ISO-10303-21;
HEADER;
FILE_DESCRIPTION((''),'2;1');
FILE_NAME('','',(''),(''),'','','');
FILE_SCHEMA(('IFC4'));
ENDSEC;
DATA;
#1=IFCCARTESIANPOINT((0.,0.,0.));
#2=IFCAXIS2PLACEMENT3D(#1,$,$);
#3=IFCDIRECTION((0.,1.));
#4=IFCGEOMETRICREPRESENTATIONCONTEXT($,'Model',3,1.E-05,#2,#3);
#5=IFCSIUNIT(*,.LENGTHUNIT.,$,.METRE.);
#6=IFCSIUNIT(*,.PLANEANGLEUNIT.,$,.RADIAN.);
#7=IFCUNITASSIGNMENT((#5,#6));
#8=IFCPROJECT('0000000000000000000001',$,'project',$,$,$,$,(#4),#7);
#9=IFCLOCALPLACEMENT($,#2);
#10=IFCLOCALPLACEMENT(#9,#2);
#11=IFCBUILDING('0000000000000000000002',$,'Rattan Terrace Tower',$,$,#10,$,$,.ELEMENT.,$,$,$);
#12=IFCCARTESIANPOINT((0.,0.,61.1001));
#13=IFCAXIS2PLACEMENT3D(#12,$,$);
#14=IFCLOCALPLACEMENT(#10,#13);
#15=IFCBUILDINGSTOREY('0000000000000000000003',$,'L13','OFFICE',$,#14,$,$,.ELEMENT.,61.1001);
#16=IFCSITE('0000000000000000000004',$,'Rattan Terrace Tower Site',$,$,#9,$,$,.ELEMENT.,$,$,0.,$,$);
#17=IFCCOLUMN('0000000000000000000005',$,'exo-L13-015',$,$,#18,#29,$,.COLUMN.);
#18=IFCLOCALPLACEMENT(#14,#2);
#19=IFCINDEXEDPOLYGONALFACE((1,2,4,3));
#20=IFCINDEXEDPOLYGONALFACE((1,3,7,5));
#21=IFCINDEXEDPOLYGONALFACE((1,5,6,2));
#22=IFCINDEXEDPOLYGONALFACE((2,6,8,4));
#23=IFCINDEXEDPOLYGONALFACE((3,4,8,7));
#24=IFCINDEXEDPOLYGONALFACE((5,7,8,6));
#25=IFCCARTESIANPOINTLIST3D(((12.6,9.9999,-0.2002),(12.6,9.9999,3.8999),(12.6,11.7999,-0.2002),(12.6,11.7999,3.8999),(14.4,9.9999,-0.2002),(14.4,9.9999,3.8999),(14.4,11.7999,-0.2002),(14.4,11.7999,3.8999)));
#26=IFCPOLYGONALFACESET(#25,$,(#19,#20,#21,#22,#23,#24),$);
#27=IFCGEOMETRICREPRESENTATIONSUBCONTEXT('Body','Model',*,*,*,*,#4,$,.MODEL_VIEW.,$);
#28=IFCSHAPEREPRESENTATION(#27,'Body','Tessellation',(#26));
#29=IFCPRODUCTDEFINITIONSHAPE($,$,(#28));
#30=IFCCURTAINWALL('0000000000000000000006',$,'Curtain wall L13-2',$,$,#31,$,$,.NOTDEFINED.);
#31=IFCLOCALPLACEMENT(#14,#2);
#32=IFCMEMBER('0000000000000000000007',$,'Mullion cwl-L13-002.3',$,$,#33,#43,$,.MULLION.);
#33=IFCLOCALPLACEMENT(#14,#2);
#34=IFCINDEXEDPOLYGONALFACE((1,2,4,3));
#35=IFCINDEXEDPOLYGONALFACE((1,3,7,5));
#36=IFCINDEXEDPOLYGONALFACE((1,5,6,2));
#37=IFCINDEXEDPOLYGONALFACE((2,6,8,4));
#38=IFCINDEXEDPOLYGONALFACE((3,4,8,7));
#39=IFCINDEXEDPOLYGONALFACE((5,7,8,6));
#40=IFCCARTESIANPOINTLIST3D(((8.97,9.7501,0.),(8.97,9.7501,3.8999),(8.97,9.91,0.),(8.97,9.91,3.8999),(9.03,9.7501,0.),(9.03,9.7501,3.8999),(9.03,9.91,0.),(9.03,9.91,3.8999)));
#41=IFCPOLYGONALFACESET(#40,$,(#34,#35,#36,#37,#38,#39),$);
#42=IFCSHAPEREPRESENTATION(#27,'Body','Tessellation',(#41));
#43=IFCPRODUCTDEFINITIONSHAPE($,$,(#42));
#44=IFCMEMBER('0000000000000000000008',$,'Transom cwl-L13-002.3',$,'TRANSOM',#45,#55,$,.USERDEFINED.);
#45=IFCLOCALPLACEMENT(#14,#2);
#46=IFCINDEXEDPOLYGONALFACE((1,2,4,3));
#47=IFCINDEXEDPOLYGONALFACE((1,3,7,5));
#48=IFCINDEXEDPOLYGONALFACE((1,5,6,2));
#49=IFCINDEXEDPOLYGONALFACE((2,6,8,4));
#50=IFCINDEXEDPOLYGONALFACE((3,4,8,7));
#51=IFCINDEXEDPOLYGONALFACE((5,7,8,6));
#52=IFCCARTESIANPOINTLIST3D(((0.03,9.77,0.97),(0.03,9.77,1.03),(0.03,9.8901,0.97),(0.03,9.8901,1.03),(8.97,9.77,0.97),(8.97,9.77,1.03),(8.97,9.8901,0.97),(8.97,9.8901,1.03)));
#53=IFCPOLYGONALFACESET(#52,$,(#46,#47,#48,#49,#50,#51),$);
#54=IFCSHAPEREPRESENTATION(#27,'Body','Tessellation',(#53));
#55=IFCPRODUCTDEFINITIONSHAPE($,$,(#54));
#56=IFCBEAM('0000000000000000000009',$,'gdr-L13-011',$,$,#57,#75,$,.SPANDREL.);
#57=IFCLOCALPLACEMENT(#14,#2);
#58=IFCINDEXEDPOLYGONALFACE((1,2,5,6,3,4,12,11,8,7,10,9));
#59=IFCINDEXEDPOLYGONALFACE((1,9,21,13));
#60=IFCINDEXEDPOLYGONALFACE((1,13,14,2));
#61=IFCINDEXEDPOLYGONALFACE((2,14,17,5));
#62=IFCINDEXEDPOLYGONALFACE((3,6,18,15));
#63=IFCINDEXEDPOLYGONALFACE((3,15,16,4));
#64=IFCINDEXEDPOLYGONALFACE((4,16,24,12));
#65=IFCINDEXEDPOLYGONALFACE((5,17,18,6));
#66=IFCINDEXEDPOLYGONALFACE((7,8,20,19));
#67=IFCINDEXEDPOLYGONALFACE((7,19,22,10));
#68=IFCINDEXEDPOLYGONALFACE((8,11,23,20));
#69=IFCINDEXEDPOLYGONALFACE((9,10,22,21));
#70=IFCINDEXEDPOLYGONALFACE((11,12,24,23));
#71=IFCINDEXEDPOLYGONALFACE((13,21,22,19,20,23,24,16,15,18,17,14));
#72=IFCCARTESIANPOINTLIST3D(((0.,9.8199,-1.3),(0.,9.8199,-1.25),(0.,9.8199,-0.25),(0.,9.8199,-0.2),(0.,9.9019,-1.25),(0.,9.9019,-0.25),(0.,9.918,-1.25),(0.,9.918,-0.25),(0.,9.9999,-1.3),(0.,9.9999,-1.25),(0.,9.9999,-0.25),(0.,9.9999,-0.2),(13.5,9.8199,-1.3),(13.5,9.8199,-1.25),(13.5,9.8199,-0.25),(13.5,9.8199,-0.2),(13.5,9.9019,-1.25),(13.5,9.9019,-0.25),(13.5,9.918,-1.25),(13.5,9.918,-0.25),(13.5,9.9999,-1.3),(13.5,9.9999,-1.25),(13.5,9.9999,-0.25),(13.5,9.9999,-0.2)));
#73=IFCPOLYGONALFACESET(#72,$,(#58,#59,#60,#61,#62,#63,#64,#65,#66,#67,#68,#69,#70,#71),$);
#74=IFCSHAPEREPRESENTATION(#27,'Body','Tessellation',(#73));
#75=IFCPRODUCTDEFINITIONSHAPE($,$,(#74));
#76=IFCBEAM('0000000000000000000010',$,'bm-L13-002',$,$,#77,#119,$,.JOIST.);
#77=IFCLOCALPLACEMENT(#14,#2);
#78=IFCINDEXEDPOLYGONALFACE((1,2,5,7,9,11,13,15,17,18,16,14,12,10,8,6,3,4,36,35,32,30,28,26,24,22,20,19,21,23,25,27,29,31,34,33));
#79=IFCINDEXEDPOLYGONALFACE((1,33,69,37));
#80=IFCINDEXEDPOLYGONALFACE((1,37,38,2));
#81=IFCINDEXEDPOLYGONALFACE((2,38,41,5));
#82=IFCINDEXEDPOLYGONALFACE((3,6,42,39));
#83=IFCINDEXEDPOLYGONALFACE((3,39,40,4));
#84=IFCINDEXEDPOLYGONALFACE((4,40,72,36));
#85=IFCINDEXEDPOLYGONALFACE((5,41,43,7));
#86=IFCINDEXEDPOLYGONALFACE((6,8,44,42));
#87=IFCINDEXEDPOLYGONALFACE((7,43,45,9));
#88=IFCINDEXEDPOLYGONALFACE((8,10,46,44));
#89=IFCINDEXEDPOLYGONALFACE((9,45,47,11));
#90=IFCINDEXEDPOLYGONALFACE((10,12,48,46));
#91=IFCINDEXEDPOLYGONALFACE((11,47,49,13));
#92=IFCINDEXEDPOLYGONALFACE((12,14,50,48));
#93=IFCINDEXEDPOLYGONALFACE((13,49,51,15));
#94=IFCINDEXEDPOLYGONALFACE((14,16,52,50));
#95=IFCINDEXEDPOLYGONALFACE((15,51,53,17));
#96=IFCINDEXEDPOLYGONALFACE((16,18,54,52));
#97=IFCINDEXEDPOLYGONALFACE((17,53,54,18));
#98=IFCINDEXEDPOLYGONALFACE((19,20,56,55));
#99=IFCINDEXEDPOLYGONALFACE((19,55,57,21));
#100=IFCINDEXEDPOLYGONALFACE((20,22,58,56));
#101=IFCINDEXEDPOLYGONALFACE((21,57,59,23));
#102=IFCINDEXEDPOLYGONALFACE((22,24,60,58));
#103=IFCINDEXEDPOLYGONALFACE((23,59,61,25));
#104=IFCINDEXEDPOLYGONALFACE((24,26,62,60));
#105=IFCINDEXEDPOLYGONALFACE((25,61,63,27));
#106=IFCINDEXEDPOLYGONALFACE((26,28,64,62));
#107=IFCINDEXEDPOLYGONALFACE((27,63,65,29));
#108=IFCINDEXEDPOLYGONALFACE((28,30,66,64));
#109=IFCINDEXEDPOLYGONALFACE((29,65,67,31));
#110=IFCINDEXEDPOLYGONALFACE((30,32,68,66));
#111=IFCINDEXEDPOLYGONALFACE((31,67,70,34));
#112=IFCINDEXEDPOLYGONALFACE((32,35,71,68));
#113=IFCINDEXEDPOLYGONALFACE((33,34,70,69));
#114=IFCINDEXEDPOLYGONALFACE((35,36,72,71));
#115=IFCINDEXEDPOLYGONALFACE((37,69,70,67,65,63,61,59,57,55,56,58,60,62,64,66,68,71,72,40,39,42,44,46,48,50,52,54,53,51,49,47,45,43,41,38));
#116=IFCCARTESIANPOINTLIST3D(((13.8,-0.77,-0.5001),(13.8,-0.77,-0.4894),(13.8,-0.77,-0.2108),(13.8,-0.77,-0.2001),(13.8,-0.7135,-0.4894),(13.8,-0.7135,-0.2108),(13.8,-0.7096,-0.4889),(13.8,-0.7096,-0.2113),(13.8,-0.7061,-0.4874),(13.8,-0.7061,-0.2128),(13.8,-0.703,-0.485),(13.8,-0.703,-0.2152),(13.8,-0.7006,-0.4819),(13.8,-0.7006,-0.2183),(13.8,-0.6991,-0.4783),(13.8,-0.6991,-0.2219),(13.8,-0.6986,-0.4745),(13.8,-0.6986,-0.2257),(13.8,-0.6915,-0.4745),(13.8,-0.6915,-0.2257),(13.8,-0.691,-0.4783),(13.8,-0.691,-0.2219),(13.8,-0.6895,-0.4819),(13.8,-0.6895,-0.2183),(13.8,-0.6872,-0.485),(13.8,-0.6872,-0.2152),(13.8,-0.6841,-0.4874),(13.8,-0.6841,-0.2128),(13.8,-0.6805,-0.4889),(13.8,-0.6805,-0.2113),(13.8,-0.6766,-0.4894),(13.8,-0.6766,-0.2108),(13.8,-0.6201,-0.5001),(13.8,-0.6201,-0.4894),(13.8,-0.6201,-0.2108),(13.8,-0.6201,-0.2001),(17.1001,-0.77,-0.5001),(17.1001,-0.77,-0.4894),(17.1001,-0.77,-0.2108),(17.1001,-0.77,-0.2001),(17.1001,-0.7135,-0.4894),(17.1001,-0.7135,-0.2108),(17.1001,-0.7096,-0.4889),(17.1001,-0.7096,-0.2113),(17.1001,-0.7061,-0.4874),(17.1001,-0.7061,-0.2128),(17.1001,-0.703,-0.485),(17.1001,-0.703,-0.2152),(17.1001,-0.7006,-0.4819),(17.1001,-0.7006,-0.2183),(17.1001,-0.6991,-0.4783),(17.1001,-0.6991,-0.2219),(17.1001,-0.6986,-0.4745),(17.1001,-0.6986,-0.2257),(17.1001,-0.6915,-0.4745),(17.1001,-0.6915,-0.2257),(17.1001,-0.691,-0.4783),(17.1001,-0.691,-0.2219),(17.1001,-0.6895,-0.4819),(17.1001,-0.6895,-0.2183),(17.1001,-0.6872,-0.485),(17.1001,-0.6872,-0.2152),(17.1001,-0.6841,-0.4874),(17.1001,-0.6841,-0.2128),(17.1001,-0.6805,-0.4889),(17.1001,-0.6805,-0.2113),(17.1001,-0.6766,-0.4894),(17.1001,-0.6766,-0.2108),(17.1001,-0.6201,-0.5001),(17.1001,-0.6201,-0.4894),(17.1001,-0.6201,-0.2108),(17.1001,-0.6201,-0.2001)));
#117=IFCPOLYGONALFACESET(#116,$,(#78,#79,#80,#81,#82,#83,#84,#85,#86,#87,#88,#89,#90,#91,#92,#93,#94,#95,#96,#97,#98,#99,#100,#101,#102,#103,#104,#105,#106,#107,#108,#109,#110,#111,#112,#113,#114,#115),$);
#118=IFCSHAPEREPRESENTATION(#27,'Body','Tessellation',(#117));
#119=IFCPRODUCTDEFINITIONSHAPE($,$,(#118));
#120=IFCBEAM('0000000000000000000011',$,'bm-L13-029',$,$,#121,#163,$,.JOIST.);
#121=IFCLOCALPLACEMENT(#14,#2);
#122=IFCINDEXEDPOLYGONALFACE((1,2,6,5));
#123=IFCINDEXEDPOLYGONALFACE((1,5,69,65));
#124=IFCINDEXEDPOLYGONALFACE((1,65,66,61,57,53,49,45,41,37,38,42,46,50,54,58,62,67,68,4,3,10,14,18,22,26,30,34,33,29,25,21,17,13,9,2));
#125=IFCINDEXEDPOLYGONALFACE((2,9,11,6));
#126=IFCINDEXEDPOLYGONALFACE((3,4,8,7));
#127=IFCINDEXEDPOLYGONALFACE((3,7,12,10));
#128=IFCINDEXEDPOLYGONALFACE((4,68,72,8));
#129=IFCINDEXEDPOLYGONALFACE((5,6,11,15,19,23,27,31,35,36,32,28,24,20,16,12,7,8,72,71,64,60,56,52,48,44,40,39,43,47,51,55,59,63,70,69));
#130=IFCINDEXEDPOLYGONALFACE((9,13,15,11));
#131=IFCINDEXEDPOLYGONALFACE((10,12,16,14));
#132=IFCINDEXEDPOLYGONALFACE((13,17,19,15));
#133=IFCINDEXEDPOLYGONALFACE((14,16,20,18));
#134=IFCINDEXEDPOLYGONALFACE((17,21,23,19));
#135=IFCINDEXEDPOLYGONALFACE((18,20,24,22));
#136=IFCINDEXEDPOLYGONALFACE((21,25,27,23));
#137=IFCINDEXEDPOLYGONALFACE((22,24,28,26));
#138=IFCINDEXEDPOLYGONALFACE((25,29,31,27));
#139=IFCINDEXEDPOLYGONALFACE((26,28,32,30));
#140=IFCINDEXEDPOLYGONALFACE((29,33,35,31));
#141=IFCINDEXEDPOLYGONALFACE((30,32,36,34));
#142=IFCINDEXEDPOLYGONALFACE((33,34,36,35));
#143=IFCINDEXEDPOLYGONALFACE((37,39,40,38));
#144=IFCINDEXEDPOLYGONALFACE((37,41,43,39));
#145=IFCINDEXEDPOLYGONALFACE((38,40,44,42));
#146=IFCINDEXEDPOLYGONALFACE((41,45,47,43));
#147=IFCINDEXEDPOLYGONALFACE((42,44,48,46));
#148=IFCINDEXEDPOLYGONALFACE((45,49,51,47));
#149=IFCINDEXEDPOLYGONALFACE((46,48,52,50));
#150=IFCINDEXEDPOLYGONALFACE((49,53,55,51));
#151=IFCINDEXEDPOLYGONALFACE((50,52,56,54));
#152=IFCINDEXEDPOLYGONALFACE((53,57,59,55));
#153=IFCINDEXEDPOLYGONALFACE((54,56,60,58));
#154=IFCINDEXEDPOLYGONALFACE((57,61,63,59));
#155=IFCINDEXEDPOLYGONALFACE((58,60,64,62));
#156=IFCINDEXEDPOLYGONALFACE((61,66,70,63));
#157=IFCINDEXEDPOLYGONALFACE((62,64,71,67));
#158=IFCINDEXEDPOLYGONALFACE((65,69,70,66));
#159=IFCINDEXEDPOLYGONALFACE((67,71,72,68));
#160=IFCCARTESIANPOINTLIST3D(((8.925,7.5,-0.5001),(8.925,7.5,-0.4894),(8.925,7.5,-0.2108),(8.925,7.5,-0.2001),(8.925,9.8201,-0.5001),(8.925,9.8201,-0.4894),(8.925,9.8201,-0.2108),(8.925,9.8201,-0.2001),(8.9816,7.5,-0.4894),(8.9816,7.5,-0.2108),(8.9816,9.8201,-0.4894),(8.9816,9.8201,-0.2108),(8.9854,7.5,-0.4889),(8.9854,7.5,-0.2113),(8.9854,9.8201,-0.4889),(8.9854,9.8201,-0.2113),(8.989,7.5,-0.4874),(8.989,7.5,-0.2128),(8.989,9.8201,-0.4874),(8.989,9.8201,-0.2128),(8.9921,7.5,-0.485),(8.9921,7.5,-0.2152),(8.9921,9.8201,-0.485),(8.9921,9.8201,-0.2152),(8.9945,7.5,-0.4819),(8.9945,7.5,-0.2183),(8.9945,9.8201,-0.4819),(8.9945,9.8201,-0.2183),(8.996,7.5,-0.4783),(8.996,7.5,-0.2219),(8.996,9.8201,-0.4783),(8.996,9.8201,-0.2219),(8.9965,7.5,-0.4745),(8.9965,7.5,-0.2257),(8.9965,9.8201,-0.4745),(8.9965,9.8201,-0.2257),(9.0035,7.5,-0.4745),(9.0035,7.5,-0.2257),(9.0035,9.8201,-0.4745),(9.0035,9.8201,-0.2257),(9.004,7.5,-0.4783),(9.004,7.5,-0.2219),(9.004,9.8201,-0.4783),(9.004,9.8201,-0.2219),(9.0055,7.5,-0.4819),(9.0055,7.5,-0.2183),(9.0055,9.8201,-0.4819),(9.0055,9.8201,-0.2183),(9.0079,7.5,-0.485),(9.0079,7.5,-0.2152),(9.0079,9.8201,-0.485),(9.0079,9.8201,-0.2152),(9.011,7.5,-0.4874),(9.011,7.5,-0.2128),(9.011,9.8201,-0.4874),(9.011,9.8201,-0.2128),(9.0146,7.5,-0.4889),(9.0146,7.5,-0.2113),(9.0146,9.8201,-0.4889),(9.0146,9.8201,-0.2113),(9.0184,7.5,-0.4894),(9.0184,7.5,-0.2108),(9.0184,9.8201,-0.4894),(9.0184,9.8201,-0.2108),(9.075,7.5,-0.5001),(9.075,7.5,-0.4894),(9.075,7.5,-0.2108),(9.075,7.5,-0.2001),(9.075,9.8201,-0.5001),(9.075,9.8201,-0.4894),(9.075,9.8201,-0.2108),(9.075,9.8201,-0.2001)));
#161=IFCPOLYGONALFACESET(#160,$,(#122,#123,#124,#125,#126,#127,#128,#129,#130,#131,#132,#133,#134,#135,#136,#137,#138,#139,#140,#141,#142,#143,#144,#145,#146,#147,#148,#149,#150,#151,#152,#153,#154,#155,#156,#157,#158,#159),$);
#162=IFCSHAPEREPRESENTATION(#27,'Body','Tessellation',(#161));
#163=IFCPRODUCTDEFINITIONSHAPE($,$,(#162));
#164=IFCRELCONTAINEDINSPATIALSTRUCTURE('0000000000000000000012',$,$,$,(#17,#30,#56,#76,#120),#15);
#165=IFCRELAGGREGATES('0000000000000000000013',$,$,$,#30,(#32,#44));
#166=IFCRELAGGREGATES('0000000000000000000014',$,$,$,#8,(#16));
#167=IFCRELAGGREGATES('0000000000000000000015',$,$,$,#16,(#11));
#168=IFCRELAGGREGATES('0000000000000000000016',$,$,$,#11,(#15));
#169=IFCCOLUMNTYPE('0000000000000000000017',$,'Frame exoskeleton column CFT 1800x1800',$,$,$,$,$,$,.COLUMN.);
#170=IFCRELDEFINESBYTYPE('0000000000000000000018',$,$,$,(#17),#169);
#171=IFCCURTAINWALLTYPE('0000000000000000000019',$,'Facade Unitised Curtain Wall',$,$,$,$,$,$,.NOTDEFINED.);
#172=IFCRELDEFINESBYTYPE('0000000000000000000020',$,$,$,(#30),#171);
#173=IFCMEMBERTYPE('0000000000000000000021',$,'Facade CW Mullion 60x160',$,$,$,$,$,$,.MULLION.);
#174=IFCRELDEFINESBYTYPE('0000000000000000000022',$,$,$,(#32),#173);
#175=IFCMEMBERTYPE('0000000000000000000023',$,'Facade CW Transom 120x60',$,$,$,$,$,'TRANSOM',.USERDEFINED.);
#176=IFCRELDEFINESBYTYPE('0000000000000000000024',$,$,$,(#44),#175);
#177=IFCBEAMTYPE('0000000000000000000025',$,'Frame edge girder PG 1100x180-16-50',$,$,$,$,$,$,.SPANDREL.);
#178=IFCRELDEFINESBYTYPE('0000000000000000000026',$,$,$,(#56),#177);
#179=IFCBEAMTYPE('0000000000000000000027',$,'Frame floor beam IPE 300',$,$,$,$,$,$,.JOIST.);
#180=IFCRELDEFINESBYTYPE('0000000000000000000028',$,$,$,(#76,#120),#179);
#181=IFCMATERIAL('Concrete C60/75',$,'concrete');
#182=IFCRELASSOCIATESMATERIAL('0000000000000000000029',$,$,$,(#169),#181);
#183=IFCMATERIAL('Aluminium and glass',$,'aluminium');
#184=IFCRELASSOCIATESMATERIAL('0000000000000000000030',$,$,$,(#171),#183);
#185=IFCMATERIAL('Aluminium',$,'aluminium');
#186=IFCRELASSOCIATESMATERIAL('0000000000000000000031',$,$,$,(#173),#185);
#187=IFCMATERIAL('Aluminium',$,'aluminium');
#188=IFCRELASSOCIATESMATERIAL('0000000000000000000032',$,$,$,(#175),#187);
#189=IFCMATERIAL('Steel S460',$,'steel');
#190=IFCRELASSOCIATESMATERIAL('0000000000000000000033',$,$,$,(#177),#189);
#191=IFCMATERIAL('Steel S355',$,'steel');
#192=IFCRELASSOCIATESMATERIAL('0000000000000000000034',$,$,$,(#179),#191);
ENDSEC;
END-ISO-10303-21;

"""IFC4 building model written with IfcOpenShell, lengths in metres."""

from ifc_helpers import new_model, si_unit, direction, frame, origin, origin_2d, place, context, subcontext, project, spatial, rectangle, i_section, extrude, material, material_profile, profile_set, type_object, element, aggregate, save


model = new_model("IFC4")

# Units and contexts
model_context = context("Model", 3, precision=1e-05, world=origin(), true_north=direction((0.0, 1.0)))
body_context = subcontext(model_context, "Body", "Model", "MODEL_VIEW")
ifc_project = project(units=[si_unit("LENGTHUNIT", "METRE"), si_unit("PLANEANGLEUNIT", "RADIAN")], contexts=[model_context])

# Site, building, storey
site_placement = place(None, origin())
site = spatial("IfcSite", under=ifc_project, at=site_placement, Name="Rattan Terrace Tower Site", CompositionType="ELEMENT", RefElevation=0.0)
building_placement = place(site_placement, origin())
building = spatial("IfcBuilding", under=site, at=building_placement, Name="Rattan Terrace Tower", CompositionType="ELEMENT")
storey_placement = place(building_placement, frame((0.0, 0.0, 61.1001)))
storey = spatial("IfcBuildingStorey", under=building, at=storey_placement, Name="L13", Description="OFFICE", CompositionType="ELEMENT", Elevation=61.1001)

# Column
ifc_material_1 = material(Name="Concrete C60/75", Category="concrete")
ifc_material_profile_1 = material_profile(ifc_material_1, rectangle(XDim=1.8, YDim=1.8, at=origin_2d()), Name="CFT 1800x1800")
ifc_profile_set_1 = profile_set([ifc_material_profile_1], Name="Concrete C60/75")
column_type = type_object("IfcColumnType", Name="Frame exoskeleton column CFT 1800x1800", PredefinedType="COLUMN", material=ifc_profile_set_1)
column_placement = place(storey_placement, frame((13.5, 10.8999, -0.2002), z_axis=(0.0, 0.0, 1.0), x_axis=(1.0, 0.0, 0.0)))
element("IfcColumn", 1, at=column_placement, inside=storey, type_object=column_type, Name="exo-L13-015", PredefinedType="COLUMN", context=body_context, shape_type="SweptSolid", body=[
    extrude(rectangle(XDim=1.8, YDim=1.8, at=origin_2d()), origin(), (0.0, 0.0, 1.0), 4.1001),
])

# Curtain wall, members
ifc_material_2 = material(Name="Aluminium and glass", Category="aluminium")
curtain_wall_type = type_object("IfcCurtainWallType", Name="Facade Unitised Curtain Wall", PredefinedType="NOTDEFINED", material=ifc_material_2)
curtain_wall_placement = place(storey_placement, origin())
curtain_wall = element("IfcCurtainWall", 2, at=curtain_wall_placement, inside=storey, type_object=curtain_wall_type, Name="Curtain wall L13-2", PredefinedType="NOTDEFINED")
ifc_material_3 = material(Name="Aluminium", Category="aluminium")
ifc_material_profile_2 = material_profile(ifc_material_3, rectangle(XDim=0.0601, YDim=0.1599, at=origin_2d()), Name="Aluminium 60x160")
ifc_profile_set_2 = profile_set([ifc_material_profile_2], Name="Aluminium")
member_type_1 = type_object("IfcMemberType", Name="Facade CW Mullion 60x160", PredefinedType="MULLION", material=ifc_profile_set_2)
member_1_placement = place(storey_placement, frame((9.0, 9.8301, 0.0), z_axis=(0.0, 0.0, 1.0), x_axis=(-1.0, 0.0, 0.0)))
member_1 = element("IfcMember", 3, at=member_1_placement, type_object=member_type_1, Name="Mullion cwl-L13-002.3", PredefinedType="MULLION", context=body_context, shape_type="SweptSolid", body=[
    extrude(rectangle(XDim=0.0601, YDim=0.1599, at=origin_2d()), origin(), (0.0, 0.0, 1.0), 3.8999),
])
ifc_material_4 = material(Name="Aluminium", Category="aluminium")
ifc_material_profile_3 = material_profile(ifc_material_4, rectangle(XDim=0.1201, YDim=0.0601, at=origin_2d()), Name="Aluminium 120x60")
ifc_profile_set_3 = profile_set([ifc_material_profile_3], Name="Aluminium")
member_type_2 = type_object("IfcMemberType", Name="Facade CW Transom 120x60", ElementType="TRANSOM", PredefinedType="USERDEFINED", material=ifc_profile_set_3)
member_2_placement = place(storey_placement, frame((8.97, 9.8301, 1.0), z_axis=(-1.0, 0.0, 0.0), x_axis=(0.0, -1.0, 0.0)))
member_2 = element("IfcMember", 4, at=member_2_placement, type_object=member_type_2, Name="Transom cwl-L13-002.3", ObjectType="TRANSOM", PredefinedType="USERDEFINED", context=body_context, shape_type="SweptSolid", body=[
    extrude(rectangle(XDim=0.1201, YDim=0.0601, at=origin_2d()), origin(), (0.0, 0.0, 1.0), 8.9399),
])

# Beams
ifc_material_5 = material(Name="Steel S460", Category="steel")
ifc_material_profile_4 = material_profile(ifc_material_5, i_section(OverallWidth=0.1799, OverallDepth=1.1001, WebThickness=0.0161, FlangeThickness=0.05, at=origin_2d()), Name="PG 1100x180-16-50")
ifc_profile_set_4 = profile_set([ifc_material_profile_4], Name="Steel S460")
beam_type_1 = type_object("IfcBeamType", Name="Frame edge girder PG 1100x180-16-50", PredefinedType="SPANDREL", material=ifc_profile_set_4)
beam_1_placement = place(storey_placement, frame((13.5, 9.9099, -0.75), z_axis=(-1.0, 0.0, 0.0), x_axis=(0.0, -1.0, 0.0)))
element("IfcBeam", 5, at=beam_1_placement, inside=storey, type_object=beam_type_1, Name="gdr-L13-011", PredefinedType="SPANDREL", context=body_context, shape_type="SweptSolid", body=[
    extrude(i_section(OverallWidth=0.1799, OverallDepth=1.1001, WebThickness=0.0161, FlangeThickness=0.05, at=origin_2d()), origin(), (0.0, 0.0, 1.0), 13.5),
])
ifc_material_6 = material(Name="Steel S355", Category="steel")
ifc_material_profile_5 = material_profile(ifc_material_6, i_section(OverallWidth=0.1499, OverallDepth=0.3, WebThickness=0.0071, FlangeThickness=0.0107, FilletRadius=0.0149, at=origin_2d()), Name="IPE 300")
ifc_profile_set_5 = profile_set([ifc_material_profile_5], Name="Steel S355")
beam_type_2 = type_object("IfcBeamType", Name="Frame floor beam IPE 300", PredefinedType="JOIST", material=ifc_profile_set_5)
beam_2_placement = place(storey_placement, frame((13.8, -0.6951, -0.3501), z_axis=(1.0, 0.0, 0.0), x_axis=(0.0, 1.0, 0.0)))
element("IfcBeam", 6, at=beam_2_placement, inside=storey, type_object=beam_type_2, Name="bm-L13-002", PredefinedType="JOIST", context=body_context, shape_type="SweptSolid", body=[
    extrude(i_section(OverallWidth=0.1499, OverallDepth=0.3, WebThickness=0.0071, FlangeThickness=0.0107, FilletRadius=0.0149, at=origin_2d()), origin(), (0.0, 0.0, 1.0), 3.3),
])
for number, where, z_axis, x_axis, name in (
    (7, (9.0, 7.5, -0.3501), (0.0, 1.0, 0.0), (-1.0, 0.0, 0.0), "bm-L13-029"),
):
    element("IfcBeam", number, at=place(storey_placement, frame(where, z_axis=z_axis, x_axis=x_axis)), inside=storey, type_object=beam_type_2, Name=name, PredefinedType="JOIST", context=body_context, shape_type="SweptSolid", body=[
        extrude(i_section(OverallWidth=0.1499, OverallDepth=0.3, WebThickness=0.0071, FlangeThickness=0.0107, FilletRadius=0.0149, at=origin_2d()), origin(), (0.0, 0.0, 1.0), 2.3201),
    ])

aggregate(curtain_wall, [member_1, member_2])

save(model, "model.ifc")
